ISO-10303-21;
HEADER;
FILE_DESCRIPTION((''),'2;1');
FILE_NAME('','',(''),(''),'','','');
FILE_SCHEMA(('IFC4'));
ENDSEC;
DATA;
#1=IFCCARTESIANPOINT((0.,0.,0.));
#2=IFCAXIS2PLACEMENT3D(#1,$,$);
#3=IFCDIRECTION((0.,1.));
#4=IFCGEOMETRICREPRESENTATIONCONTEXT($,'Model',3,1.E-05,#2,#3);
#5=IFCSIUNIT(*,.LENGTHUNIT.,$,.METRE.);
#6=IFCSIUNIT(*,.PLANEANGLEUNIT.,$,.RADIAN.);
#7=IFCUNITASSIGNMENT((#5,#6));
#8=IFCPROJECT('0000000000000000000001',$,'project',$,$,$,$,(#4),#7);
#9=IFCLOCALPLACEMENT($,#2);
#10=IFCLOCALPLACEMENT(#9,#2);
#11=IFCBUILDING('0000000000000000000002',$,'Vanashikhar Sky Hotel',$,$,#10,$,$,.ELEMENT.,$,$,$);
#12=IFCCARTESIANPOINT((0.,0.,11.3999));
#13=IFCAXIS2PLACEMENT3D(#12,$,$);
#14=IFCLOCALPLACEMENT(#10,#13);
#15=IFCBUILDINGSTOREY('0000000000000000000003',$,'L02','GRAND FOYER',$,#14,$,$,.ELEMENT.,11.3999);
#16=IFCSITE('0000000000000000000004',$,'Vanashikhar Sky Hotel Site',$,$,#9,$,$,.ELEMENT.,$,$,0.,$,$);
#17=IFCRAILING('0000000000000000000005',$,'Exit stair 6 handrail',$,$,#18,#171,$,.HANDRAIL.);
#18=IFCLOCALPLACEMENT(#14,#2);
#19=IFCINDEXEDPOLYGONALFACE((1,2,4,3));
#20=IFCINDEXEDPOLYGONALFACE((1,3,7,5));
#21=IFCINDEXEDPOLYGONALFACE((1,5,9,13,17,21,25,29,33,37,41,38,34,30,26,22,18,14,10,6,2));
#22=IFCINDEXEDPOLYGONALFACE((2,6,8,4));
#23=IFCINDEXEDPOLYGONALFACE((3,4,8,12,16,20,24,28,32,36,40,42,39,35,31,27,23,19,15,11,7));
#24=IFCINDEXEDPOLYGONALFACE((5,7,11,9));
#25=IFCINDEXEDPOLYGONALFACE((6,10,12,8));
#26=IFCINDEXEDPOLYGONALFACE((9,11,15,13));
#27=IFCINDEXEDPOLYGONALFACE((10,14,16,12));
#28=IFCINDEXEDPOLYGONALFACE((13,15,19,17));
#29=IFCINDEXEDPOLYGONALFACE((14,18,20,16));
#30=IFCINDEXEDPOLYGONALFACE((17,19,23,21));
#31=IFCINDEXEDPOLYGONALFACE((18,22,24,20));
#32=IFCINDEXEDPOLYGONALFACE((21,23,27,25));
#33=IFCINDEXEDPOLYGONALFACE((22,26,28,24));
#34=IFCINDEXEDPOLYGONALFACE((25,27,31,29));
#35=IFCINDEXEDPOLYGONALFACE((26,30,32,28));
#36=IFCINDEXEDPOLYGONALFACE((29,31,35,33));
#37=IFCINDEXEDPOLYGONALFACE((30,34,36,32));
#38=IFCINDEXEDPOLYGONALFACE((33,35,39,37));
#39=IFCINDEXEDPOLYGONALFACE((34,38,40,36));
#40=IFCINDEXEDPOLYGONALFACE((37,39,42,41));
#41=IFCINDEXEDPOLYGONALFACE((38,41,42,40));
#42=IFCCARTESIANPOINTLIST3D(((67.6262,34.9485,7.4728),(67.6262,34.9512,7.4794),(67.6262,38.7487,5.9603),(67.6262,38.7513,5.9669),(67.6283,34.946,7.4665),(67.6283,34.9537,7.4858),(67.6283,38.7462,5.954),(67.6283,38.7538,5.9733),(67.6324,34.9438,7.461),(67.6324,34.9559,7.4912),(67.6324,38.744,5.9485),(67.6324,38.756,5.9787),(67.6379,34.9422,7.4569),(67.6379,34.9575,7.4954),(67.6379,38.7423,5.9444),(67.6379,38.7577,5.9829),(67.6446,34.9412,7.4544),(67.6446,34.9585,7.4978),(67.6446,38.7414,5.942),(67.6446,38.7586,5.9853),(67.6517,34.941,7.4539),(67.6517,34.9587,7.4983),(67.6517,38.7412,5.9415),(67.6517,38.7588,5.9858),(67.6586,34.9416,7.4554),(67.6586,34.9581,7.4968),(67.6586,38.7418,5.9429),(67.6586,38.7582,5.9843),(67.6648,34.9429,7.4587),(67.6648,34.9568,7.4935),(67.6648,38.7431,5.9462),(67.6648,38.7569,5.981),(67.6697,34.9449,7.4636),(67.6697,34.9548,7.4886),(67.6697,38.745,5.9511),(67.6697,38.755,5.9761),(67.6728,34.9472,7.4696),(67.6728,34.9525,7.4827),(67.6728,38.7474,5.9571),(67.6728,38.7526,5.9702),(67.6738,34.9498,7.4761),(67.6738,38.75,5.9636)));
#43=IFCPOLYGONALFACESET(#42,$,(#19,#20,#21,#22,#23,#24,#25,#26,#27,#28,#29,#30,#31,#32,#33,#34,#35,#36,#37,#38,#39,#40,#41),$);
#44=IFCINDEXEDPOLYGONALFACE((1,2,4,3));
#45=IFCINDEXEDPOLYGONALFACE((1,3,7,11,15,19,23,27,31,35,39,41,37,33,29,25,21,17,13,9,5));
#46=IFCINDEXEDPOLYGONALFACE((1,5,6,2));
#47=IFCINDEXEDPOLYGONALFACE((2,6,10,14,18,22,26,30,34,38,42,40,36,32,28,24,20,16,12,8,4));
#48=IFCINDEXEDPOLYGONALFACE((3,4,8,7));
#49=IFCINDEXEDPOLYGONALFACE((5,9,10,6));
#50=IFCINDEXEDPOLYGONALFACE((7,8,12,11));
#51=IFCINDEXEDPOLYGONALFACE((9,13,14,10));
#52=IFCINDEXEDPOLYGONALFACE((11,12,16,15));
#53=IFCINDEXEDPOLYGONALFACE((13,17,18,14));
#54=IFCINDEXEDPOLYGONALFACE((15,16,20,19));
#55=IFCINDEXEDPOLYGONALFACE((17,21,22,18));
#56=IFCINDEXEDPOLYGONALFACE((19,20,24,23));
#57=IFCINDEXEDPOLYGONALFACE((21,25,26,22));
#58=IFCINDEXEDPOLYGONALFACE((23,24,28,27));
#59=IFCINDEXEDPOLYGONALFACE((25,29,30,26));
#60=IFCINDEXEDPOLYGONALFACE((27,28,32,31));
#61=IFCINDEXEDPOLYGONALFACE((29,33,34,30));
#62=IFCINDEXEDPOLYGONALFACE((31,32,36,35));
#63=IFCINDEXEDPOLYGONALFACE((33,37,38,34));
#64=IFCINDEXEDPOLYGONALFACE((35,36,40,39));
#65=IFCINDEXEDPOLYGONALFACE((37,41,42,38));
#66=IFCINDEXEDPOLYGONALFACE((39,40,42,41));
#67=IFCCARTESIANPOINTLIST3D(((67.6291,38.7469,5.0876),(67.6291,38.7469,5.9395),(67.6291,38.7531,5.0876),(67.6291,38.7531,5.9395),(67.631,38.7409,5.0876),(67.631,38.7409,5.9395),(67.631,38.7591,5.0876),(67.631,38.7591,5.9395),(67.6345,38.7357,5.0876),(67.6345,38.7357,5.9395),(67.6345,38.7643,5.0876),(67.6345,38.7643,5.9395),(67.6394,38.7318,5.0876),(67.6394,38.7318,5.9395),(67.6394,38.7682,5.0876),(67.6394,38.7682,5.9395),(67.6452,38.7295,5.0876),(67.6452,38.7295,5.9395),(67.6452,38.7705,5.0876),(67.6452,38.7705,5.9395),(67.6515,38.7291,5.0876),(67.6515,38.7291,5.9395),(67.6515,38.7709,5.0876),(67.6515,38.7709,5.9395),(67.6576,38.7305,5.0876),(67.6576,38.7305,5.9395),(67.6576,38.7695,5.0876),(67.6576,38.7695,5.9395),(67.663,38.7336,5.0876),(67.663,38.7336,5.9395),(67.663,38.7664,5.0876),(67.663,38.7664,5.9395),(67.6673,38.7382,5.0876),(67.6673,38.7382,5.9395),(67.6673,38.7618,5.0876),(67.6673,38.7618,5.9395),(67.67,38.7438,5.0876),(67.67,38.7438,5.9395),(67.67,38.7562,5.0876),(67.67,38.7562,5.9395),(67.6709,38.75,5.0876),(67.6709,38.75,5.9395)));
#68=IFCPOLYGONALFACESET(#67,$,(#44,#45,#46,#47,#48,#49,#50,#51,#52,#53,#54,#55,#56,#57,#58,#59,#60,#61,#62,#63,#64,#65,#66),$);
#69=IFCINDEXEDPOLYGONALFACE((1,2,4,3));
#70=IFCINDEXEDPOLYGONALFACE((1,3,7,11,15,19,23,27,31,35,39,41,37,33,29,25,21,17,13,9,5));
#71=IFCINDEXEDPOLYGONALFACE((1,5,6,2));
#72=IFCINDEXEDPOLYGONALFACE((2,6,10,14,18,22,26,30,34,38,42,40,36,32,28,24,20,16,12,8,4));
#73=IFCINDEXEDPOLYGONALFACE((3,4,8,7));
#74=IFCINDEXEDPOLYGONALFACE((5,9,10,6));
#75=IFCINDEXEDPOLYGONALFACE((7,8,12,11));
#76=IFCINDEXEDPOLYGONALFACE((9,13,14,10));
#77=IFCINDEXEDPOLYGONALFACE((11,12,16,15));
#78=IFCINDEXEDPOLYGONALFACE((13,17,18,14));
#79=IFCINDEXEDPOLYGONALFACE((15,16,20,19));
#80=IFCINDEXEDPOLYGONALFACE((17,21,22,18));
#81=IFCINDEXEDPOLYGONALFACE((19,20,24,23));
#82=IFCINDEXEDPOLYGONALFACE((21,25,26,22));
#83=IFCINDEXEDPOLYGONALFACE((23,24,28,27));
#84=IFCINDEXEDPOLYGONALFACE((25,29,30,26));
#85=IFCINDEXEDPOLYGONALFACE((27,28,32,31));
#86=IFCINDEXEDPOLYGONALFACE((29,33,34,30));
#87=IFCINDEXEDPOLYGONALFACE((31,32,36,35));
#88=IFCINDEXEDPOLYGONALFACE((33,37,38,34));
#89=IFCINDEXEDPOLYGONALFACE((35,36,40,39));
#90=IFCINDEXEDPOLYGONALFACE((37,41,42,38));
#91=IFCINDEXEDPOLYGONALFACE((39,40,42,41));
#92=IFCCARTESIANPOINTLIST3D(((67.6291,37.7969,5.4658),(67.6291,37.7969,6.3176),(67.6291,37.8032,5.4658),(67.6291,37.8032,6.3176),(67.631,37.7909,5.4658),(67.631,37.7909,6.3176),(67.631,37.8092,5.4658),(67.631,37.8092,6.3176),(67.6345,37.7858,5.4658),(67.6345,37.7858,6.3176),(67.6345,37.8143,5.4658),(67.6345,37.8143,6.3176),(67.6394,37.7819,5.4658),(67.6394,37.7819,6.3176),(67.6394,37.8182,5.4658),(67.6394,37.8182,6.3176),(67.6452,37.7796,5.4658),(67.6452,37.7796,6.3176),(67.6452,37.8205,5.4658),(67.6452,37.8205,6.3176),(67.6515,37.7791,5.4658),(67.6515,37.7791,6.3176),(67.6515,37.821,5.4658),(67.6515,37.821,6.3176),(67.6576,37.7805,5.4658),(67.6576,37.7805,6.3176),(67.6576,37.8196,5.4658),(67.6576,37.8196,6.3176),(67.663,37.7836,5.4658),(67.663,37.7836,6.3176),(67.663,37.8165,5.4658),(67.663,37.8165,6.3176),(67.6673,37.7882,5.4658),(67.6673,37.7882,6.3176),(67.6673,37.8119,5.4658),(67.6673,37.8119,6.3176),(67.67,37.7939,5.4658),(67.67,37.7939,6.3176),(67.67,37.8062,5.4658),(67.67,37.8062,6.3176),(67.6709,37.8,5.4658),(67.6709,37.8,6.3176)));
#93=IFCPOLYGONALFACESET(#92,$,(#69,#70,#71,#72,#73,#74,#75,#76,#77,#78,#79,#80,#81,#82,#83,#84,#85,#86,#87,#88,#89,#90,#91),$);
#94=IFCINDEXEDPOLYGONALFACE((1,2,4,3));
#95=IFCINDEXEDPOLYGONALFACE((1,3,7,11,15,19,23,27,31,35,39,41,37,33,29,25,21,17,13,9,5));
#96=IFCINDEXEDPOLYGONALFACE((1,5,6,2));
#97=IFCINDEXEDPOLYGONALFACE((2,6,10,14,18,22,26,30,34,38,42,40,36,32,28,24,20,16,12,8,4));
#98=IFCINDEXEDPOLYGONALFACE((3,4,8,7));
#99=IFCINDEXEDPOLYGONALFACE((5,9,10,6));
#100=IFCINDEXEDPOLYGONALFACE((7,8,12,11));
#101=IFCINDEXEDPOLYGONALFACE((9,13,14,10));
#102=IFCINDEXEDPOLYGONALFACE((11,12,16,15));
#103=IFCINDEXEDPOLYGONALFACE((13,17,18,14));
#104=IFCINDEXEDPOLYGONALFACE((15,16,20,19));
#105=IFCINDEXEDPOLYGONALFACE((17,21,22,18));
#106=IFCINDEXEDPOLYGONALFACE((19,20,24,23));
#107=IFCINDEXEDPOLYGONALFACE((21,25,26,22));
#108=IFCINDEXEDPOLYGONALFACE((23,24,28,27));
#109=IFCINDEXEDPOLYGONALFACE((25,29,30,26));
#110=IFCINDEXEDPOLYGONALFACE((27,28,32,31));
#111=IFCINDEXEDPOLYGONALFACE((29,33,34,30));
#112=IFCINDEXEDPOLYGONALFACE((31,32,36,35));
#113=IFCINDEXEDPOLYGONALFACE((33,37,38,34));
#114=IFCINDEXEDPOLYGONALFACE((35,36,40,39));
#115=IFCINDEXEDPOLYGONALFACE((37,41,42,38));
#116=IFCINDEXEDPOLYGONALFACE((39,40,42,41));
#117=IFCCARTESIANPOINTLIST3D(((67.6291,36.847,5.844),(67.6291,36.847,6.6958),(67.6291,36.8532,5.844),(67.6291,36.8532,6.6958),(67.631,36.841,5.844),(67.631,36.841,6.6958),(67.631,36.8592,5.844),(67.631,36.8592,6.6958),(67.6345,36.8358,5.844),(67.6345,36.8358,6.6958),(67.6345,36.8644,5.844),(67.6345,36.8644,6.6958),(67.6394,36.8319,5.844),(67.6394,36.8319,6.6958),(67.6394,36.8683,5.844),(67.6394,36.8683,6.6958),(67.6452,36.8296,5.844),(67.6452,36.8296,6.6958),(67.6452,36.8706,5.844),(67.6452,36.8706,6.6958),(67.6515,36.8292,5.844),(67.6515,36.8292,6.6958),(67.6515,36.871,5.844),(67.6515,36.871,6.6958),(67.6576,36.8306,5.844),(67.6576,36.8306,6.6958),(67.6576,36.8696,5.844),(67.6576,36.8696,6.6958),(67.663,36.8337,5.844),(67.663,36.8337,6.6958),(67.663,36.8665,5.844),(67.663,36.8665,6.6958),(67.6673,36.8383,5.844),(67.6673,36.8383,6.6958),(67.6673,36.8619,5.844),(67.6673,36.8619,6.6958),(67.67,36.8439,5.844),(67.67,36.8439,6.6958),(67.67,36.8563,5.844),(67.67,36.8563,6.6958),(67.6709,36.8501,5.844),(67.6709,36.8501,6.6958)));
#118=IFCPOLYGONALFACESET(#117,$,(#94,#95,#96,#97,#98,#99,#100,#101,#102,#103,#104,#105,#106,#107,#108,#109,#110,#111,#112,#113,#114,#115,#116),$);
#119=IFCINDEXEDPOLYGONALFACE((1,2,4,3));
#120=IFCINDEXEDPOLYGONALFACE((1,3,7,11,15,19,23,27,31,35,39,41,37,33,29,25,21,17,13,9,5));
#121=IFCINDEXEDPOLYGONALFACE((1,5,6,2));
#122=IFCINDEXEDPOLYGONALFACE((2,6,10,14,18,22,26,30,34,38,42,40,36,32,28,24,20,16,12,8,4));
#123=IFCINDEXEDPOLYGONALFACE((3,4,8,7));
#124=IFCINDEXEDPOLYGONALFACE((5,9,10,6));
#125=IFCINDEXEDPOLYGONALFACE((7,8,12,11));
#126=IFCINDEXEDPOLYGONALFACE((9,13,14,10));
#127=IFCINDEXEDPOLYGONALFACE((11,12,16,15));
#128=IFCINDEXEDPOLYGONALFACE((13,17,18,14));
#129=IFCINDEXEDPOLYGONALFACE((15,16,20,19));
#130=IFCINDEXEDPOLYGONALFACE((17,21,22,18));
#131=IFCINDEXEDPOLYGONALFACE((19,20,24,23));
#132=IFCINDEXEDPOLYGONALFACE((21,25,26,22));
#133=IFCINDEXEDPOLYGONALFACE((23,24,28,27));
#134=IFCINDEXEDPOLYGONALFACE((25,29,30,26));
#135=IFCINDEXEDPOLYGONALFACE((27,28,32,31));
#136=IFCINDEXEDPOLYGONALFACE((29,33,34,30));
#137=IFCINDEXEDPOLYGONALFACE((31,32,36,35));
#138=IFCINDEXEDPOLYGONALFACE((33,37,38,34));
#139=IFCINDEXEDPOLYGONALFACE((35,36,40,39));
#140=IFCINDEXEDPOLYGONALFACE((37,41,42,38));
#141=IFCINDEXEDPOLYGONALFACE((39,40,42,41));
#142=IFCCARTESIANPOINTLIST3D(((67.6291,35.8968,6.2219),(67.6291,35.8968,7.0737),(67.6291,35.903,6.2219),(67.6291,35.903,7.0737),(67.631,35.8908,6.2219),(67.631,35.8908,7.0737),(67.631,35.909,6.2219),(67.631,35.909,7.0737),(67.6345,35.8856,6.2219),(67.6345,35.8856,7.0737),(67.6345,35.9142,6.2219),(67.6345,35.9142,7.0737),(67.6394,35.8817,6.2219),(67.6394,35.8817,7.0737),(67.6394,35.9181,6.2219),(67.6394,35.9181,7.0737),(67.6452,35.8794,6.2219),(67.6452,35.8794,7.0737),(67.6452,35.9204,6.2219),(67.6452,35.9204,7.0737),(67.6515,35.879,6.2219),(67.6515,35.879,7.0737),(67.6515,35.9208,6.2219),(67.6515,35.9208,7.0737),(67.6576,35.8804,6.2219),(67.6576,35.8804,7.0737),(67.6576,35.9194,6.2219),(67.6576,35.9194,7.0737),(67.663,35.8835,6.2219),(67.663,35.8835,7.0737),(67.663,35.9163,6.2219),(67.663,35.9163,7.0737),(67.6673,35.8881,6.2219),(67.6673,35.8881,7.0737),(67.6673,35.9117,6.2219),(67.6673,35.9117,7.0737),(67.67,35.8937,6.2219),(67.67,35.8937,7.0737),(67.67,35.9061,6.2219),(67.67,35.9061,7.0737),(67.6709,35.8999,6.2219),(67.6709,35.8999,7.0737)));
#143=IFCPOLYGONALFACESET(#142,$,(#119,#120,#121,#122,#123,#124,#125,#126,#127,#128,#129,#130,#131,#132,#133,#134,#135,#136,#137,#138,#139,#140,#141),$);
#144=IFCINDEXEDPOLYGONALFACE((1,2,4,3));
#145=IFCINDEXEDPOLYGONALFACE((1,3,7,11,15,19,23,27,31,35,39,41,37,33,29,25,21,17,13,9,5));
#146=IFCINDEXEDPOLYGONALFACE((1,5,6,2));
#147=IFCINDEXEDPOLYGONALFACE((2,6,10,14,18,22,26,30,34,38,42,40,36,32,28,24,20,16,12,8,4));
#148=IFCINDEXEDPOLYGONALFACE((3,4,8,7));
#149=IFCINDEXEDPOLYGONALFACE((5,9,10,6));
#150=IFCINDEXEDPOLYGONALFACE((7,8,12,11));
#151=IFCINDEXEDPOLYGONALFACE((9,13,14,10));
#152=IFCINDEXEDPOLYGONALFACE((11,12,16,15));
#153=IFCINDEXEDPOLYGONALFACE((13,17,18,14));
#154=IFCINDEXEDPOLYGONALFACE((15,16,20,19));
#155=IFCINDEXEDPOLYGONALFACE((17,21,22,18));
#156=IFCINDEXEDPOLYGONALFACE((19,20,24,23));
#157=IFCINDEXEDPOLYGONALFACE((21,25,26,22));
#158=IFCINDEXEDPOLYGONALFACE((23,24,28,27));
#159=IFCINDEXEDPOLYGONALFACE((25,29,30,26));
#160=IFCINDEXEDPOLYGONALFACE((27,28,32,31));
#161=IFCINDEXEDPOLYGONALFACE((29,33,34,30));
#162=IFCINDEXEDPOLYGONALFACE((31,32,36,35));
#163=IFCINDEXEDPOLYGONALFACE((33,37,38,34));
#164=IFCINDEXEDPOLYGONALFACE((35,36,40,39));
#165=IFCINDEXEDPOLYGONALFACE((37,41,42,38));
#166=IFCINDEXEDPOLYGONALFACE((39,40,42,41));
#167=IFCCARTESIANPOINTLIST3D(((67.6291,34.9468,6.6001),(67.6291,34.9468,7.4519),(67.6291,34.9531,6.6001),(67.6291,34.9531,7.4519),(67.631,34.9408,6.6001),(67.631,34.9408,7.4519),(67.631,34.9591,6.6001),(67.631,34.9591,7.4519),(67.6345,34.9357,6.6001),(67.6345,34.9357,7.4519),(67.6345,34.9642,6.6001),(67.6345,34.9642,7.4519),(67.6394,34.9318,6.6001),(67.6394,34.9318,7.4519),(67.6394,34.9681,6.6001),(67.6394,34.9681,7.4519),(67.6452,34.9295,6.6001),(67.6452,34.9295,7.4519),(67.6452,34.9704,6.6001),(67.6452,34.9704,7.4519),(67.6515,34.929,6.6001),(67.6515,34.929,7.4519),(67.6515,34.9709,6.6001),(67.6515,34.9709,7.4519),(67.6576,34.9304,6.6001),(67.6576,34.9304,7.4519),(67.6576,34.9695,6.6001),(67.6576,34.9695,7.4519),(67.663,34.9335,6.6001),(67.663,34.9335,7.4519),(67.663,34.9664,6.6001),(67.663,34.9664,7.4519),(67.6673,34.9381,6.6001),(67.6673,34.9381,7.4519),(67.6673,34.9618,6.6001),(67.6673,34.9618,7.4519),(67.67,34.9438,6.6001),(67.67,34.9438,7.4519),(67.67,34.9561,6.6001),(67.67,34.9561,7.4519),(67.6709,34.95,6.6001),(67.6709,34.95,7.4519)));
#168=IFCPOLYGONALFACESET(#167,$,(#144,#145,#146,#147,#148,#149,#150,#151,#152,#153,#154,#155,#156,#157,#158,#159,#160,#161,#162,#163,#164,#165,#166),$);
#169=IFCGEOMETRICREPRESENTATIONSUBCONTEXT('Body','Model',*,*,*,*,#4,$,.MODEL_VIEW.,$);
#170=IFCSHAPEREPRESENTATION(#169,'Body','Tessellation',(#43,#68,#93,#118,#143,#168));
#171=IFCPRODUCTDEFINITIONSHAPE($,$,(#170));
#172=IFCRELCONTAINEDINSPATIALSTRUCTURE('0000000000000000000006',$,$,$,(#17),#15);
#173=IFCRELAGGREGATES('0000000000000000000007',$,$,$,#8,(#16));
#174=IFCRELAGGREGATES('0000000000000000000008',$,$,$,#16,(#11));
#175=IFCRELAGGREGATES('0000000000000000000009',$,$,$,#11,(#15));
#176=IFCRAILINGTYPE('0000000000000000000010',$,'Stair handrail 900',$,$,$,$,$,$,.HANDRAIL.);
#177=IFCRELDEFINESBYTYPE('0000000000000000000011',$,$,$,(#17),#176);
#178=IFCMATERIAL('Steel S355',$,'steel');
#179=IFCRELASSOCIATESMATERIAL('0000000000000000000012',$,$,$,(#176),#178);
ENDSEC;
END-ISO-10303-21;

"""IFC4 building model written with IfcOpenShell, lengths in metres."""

from ifc_helpers import new_model, si_unit, direction, frame, origin, origin_2d, place, context, subcontext, project, spatial, circle, extrude, source, transform, mapped, material, type_object, element, save


model = new_model("IFC4")

# Units and contexts
model_context = context("Model", 3, precision=1e-05, world=origin(), true_north=direction((0.0, 1.0)))
body_context = subcontext(model_context, "Body", "Model", "MODEL_VIEW")
ifc_project = project(units=[si_unit("LENGTHUNIT", "METRE"), si_unit("PLANEANGLEUNIT", "RADIAN")], contexts=[model_context])

# Site, building, storey
site_placement = place(None, origin())
site = spatial("IfcSite", under=ifc_project, at=site_placement, Name="Vanashikhar Sky Hotel Site", CompositionType="ELEMENT", RefElevation=0.0)
building_placement = place(site_placement, origin())
building = spatial("IfcBuilding", under=site, at=building_placement, Name="Vanashikhar Sky Hotel", CompositionType="ELEMENT")
storey_placement = place(building_placement, frame((0.0, 0.0, 11.3999)))
storey = spatial("IfcBuildingStorey", under=building, at=storey_placement, Name="L02", Description="GRAND FOYER", CompositionType="ELEMENT", Elevation=11.3999)

# Railing
ifc_material_1 = material(Name="Steel S355", Category="steel")
railing_type_1 = type_object("IfcRailingType", Name="Stair handrail 900", PredefinedType="HANDRAIL", material=ifc_material_1)
shared_shape_1 = source(origin(), body_context, "Body", "SweptSolid", [
    extrude(circle(Radius=0.0239, at=origin_2d()), frame((0.0, 0.0, 0.876), z_axis=(0.0, -0.929113, 0.369795), x_axis=(1.0, 0.0, 0.0)), (0.0, 0.0, 1.0), 4.0901),
    extrude(circle(Radius=0.021, at=origin_2d()), origin(), (0.0, 0.0, 1.0), 0.8518),
    extrude(circle(Radius=0.021, at=origin_2d()), frame((0.0, -0.95, 0.3782)), (0.0, 0.0, 1.0), 0.8518),
    extrude(circle(Radius=0.021, at=origin_2d()), frame((0.0, -1.8999, 0.7563)), (0.0, 0.0, 1.0), 0.8518),
    extrude(circle(Radius=0.021, at=origin_2d()), frame((0.0, -2.8501, 1.1343)), (0.0, 0.0, 1.0), 0.8518),
    extrude(circle(Radius=0.021, at=origin_2d()), frame((0.0, -3.8, 1.5125)), (0.0, 0.0, 1.0), 0.8518),
])
for number, where, name in (
    (1, (67.6499, 38.75, 5.0876), "Exit stair 6 handrail"),
):
    element("IfcRailing", number, at=place(storey_placement, frame(where)), inside=storey, type_object=railing_type_1, Name=name, PredefinedType="HANDRAIL", context=body_context, shape_type="MappedRepresentation", body=[
        mapped(shared_shape_1, transform((0.0, 0.0, 0.0), scale=1.0)),
    ])

save(model, "model.ifc")
